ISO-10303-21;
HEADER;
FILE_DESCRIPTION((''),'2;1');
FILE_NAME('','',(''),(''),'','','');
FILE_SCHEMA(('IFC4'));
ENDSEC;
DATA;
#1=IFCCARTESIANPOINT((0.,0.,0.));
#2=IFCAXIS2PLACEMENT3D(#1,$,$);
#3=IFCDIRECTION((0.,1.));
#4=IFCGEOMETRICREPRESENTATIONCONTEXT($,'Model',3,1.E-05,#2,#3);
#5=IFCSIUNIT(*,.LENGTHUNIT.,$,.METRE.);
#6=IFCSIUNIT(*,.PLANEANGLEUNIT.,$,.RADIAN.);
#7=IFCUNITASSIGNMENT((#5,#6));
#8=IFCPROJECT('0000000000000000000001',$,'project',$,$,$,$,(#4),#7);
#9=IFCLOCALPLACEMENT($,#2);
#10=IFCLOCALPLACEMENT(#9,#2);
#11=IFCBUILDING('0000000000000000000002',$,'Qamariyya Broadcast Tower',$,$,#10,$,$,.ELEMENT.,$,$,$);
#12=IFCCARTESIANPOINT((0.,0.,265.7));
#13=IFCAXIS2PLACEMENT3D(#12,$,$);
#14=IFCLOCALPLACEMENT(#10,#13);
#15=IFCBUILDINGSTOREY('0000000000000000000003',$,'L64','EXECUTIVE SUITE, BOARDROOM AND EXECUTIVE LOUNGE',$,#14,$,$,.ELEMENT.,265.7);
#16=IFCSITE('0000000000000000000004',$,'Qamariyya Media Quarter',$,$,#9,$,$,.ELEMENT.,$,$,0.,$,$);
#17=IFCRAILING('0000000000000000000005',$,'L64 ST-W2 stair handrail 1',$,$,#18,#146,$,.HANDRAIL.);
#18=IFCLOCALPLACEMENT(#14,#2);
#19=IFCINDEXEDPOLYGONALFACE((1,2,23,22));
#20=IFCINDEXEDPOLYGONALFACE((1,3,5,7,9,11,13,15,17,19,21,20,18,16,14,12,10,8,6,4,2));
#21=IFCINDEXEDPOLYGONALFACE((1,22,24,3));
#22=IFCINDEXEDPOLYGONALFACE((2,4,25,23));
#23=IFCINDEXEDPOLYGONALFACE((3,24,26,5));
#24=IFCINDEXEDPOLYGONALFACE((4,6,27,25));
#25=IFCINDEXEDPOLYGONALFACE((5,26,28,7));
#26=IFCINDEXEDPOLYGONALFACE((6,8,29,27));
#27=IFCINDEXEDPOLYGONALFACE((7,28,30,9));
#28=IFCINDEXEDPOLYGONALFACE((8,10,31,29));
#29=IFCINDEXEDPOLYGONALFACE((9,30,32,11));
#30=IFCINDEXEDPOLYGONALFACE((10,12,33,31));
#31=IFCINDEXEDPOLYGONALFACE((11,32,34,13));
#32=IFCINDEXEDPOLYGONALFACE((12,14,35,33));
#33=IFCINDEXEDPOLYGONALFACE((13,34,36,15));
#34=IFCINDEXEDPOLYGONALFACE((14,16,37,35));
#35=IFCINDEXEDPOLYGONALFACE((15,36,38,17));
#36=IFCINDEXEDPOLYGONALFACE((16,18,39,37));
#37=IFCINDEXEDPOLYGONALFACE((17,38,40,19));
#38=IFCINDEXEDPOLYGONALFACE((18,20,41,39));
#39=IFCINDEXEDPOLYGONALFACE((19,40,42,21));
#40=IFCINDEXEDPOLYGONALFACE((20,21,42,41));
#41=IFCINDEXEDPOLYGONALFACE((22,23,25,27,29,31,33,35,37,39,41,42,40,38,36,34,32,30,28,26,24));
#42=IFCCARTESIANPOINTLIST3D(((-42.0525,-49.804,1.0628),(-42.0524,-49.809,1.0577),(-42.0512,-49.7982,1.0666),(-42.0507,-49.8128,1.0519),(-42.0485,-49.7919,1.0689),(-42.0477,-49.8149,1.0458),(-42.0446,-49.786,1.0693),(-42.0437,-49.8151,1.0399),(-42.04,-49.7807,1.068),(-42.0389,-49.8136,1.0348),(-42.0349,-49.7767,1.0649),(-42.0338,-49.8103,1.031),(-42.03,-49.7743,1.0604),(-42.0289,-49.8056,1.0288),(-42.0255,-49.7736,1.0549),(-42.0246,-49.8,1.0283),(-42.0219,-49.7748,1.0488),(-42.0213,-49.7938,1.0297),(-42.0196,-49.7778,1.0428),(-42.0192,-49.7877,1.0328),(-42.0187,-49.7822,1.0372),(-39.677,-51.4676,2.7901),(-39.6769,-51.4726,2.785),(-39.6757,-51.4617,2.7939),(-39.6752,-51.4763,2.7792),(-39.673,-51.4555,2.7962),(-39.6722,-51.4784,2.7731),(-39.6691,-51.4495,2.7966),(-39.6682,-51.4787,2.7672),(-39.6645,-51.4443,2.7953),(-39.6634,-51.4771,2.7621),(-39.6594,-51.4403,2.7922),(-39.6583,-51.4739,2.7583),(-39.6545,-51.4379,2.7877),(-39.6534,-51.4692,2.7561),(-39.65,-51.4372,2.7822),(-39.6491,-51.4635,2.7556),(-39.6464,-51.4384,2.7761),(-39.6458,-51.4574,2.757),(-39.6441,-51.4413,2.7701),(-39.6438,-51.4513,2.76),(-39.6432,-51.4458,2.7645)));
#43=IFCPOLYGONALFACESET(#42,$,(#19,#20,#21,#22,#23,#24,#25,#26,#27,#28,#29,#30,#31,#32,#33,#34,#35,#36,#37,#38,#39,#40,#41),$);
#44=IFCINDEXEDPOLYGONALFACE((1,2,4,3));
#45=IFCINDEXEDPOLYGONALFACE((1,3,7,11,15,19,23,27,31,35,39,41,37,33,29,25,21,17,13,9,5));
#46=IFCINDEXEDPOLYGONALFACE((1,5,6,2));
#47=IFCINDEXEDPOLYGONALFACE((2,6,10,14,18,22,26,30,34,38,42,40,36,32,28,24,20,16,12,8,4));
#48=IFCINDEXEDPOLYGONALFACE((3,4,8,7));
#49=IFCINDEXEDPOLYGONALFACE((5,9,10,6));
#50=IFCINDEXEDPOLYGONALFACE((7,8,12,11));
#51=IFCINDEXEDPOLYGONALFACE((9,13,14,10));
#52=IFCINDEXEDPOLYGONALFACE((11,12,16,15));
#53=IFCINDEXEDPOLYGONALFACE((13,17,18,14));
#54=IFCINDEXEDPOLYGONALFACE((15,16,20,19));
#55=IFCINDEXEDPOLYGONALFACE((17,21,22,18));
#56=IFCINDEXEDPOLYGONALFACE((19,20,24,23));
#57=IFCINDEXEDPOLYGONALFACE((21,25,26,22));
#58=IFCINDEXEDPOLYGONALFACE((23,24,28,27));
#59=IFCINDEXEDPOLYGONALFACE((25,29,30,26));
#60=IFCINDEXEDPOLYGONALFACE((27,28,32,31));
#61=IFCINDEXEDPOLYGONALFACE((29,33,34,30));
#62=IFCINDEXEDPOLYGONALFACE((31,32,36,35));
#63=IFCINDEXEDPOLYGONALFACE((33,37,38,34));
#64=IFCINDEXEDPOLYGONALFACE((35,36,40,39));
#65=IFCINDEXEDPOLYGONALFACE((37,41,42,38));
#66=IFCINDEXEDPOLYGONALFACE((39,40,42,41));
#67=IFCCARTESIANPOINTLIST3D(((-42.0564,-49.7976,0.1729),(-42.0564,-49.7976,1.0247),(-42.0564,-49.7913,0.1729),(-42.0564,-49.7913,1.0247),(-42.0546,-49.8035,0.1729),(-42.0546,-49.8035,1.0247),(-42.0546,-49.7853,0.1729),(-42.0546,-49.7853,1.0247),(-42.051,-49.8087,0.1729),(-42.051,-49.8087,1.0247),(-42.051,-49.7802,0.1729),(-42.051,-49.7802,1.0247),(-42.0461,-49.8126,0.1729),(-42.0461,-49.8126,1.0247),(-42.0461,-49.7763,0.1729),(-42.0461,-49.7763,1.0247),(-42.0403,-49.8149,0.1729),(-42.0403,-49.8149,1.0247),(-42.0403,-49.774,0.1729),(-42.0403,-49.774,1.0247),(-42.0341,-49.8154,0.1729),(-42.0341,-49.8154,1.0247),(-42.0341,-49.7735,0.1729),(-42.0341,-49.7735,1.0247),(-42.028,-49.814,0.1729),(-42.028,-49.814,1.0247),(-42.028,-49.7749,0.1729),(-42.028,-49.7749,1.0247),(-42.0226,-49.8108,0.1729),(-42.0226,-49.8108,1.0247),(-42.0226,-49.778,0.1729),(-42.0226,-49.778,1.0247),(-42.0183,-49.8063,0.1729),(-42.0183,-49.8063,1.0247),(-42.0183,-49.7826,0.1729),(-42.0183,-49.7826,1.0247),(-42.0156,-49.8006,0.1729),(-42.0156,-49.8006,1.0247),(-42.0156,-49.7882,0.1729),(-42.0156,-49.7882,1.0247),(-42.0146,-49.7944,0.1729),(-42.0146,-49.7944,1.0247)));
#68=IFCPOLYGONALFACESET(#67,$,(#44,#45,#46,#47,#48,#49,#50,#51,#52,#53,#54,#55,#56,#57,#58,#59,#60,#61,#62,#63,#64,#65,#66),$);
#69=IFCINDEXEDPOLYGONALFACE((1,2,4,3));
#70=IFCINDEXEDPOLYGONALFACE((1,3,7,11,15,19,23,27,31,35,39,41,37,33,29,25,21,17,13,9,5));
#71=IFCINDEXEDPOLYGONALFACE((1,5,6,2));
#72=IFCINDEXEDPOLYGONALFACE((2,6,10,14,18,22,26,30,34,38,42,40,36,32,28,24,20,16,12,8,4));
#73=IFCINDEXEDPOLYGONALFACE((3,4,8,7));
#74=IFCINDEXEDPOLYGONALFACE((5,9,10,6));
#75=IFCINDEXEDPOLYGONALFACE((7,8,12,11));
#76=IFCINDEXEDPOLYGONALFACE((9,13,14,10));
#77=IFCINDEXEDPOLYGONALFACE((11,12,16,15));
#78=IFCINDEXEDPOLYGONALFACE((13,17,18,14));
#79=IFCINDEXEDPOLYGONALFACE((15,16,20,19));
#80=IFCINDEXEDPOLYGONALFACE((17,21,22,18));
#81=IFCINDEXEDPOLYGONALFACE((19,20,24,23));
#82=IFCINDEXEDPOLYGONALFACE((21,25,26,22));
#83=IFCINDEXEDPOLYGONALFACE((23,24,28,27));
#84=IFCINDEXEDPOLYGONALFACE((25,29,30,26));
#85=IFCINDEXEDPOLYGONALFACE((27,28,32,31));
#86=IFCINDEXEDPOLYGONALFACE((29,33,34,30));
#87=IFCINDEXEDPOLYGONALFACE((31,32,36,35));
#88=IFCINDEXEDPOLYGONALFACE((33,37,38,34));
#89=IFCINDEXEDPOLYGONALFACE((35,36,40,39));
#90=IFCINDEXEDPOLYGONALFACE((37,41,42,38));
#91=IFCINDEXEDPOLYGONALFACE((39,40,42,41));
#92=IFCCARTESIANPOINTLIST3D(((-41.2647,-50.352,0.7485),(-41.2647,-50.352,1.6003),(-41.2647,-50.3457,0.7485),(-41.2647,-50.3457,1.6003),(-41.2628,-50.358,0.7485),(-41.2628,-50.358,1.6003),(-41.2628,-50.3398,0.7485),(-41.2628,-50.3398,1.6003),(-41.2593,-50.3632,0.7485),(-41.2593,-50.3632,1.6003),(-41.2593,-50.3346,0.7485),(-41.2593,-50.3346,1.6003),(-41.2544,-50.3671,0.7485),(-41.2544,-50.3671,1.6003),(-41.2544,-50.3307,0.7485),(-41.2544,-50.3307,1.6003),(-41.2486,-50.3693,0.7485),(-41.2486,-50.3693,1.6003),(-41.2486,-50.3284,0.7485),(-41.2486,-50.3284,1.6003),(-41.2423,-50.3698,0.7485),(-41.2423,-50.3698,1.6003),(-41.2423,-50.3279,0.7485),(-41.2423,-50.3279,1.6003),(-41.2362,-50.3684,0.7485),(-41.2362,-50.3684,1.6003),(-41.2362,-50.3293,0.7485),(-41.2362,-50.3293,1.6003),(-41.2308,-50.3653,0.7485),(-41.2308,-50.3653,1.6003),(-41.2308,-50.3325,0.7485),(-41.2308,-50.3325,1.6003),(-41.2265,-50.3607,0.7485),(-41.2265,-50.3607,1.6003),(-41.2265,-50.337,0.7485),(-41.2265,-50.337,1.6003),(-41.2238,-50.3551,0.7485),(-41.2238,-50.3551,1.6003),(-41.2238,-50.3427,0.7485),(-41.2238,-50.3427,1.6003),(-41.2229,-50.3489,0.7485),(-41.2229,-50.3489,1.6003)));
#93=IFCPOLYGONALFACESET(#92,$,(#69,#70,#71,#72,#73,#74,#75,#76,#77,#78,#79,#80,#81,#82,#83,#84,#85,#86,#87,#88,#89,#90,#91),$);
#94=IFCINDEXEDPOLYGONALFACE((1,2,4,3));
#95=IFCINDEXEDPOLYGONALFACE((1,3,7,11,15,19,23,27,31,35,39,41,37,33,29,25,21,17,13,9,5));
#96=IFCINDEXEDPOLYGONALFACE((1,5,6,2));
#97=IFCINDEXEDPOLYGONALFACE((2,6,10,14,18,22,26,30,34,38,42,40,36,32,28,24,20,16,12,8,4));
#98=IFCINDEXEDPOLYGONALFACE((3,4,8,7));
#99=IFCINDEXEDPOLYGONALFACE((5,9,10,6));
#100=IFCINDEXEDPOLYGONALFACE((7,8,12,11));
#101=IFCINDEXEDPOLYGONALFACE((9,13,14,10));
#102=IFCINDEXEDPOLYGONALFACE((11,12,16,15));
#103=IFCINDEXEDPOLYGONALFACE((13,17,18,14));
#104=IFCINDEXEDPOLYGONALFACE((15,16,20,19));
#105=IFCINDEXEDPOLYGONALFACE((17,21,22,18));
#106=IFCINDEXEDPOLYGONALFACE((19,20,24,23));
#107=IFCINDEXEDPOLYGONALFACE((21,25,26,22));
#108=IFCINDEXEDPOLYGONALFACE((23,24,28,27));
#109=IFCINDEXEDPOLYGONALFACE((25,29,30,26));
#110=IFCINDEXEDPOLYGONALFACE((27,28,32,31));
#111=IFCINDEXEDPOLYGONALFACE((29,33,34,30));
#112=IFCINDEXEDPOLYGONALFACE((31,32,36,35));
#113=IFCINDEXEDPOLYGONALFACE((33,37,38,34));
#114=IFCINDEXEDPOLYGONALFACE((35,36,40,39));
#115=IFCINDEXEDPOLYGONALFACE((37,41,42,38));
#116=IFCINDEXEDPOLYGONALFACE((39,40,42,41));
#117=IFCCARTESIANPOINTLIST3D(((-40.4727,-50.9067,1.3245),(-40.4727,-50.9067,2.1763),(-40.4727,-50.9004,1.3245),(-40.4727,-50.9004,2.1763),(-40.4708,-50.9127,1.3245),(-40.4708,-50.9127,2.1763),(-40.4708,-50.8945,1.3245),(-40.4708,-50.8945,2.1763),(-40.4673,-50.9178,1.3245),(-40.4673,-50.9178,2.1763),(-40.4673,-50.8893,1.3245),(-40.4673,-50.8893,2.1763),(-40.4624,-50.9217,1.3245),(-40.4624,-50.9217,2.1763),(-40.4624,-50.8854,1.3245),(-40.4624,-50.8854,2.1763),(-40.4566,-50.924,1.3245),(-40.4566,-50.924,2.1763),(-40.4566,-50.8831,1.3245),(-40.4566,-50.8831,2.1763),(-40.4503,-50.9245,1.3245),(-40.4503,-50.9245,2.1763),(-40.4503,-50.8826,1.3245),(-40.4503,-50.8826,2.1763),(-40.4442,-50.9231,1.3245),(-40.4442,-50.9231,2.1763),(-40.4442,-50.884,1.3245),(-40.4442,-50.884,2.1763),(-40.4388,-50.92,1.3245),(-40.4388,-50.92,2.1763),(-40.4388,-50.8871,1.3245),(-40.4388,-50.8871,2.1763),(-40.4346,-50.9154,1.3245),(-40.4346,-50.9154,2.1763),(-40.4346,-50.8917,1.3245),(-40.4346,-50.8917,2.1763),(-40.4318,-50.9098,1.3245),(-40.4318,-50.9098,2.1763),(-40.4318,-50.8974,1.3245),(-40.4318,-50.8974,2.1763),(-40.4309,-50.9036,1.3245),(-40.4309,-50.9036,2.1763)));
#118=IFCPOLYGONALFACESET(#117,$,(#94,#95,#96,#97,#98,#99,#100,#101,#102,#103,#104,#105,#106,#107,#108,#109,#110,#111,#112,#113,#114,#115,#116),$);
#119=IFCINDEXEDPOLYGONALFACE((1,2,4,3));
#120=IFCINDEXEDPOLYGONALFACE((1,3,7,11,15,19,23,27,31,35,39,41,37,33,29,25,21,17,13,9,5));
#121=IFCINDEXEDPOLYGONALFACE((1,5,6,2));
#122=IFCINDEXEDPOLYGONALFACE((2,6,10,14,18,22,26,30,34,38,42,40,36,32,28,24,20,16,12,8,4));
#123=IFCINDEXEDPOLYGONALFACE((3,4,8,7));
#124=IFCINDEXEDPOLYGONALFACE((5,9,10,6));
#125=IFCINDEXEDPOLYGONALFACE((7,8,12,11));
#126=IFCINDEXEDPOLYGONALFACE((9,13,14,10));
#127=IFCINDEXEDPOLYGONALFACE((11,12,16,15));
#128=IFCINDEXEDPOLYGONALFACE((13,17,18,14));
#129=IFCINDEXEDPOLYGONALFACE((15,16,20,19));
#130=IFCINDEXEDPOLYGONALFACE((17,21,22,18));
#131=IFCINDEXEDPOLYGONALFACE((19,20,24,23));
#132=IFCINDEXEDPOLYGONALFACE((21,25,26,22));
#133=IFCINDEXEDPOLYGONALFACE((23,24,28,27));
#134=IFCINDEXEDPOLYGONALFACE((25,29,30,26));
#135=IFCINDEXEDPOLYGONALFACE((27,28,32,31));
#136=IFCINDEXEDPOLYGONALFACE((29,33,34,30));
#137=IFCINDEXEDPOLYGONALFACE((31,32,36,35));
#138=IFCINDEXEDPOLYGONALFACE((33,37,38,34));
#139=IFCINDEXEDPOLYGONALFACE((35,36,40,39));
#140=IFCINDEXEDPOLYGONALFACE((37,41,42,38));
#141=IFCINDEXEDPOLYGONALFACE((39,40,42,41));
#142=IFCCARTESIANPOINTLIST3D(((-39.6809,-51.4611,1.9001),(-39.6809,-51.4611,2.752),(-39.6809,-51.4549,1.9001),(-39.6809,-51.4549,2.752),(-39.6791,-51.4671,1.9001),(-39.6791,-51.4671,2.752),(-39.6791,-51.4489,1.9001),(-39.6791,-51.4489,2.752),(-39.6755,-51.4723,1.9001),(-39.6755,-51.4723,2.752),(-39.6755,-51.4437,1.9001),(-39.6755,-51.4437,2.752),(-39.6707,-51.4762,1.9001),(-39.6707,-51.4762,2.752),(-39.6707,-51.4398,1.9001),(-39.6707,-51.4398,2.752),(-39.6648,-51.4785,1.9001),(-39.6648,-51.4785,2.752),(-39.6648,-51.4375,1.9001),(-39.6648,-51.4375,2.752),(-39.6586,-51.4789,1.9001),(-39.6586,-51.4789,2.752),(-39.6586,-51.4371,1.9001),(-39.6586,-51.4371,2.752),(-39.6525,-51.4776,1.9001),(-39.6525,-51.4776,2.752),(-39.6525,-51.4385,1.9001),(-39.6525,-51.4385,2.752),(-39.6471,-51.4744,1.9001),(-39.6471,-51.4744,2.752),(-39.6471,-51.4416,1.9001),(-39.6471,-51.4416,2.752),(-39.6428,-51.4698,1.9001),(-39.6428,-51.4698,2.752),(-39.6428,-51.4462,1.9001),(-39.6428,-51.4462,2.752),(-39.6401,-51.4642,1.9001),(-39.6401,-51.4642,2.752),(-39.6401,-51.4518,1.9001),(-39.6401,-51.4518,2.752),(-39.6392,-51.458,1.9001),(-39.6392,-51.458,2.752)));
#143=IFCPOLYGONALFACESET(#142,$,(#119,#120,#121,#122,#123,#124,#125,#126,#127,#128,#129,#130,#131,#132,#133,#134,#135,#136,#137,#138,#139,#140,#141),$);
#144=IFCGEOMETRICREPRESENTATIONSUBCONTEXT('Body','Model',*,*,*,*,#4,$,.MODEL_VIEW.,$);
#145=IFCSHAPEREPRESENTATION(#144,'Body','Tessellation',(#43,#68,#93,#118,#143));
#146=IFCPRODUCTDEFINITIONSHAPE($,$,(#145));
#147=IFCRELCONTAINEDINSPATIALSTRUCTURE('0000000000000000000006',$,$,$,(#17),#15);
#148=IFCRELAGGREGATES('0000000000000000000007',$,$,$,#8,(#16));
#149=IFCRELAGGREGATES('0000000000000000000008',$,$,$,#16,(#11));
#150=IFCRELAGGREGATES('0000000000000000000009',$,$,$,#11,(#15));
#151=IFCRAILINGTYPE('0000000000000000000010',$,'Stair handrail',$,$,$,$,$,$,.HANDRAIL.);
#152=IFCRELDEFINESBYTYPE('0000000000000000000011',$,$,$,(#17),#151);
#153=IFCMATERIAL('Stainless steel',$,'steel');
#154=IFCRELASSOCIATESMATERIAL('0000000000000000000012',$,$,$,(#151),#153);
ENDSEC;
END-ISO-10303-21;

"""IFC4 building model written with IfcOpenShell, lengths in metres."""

from ifc_helpers import new_model, si_unit, direction, frame, origin, origin_2d, place, context, subcontext, project, spatial, circle, extrude, material, type_object, element, save


model = new_model("IFC4")

# Units and contexts
model_context = context("Model", 3, precision=1e-05, world=origin(), true_north=direction((0.0, 1.0)))
body_context = subcontext(model_context, "Body", "Model", "MODEL_VIEW")
ifc_project = project(units=[si_unit("LENGTHUNIT", "METRE"), si_unit("PLANEANGLEUNIT", "RADIAN")], contexts=[model_context])

# Site, building, storey
site_placement = place(None, origin())
site = spatial("IfcSite", under=ifc_project, at=site_placement, Name="Qamariyya Media Quarter", CompositionType="ELEMENT", RefElevation=0.0)
building_placement = place(site_placement, origin())
building = spatial("IfcBuilding", under=site, at=building_placement, Name="Qamariyya Broadcast Tower", CompositionType="ELEMENT")
storey_placement = place(building_placement, frame((0.0, 0.0, 265.7)))
storey = spatial("IfcBuildingStorey", under=building, at=storey_placement, Name="L64", Description="EXECUTIVE SUITE, BOARDROOM AND EXECUTIVE LOUNGE", CompositionType="ELEMENT", Elevation=265.7)

# Railing
ifc_material_1 = material(Name="Stainless steel", Category="steel")
railing_type_1 = type_object("IfcRailingType", Name="Stair handrail", PredefinedType="HANDRAIL", material=ifc_material_1)
railing_1_placement = place(storey_placement, frame((-42.0356, -49.7944, 0.1729)))
element("IfcRailing", 1, at=railing_1_placement, inside=storey, type_object=railing_type_1, Name="L64 ST-W2 stair handrail 1", PredefinedType="HANDRAIL", context=body_context, shape_type="SweptSolid", body=[
    extrude(circle(Radius=0.0239, at=origin_2d()), frame((0.0, 0.0, 0.876), z_axis=(0.703745, -0.492838, 0.511716), x_axis=(0.573632, 0.819113, 0.0)), (0.0, 0.0, 1.0), 3.3755),
    extrude(circle(Radius=0.021, at=origin_2d()), origin(), (0.0, 0.0, 1.0), 0.8518),
    extrude(circle(Radius=0.021, at=origin_2d()), frame((0.7917, -0.5544, 0.5757)), (0.0, 0.0, 1.0), 0.8518),
    extrude(circle(Radius=0.021, at=origin_2d()), frame((1.5837, -1.1091, 1.1516)), (0.0, 0.0, 1.0), 0.8518),
    extrude(circle(Radius=0.021, at=origin_2d()), frame((2.3755, -1.6636, 1.7273)), (0.0, 0.0, 1.0), 0.8518),
])

save(model, "model.ifc")
